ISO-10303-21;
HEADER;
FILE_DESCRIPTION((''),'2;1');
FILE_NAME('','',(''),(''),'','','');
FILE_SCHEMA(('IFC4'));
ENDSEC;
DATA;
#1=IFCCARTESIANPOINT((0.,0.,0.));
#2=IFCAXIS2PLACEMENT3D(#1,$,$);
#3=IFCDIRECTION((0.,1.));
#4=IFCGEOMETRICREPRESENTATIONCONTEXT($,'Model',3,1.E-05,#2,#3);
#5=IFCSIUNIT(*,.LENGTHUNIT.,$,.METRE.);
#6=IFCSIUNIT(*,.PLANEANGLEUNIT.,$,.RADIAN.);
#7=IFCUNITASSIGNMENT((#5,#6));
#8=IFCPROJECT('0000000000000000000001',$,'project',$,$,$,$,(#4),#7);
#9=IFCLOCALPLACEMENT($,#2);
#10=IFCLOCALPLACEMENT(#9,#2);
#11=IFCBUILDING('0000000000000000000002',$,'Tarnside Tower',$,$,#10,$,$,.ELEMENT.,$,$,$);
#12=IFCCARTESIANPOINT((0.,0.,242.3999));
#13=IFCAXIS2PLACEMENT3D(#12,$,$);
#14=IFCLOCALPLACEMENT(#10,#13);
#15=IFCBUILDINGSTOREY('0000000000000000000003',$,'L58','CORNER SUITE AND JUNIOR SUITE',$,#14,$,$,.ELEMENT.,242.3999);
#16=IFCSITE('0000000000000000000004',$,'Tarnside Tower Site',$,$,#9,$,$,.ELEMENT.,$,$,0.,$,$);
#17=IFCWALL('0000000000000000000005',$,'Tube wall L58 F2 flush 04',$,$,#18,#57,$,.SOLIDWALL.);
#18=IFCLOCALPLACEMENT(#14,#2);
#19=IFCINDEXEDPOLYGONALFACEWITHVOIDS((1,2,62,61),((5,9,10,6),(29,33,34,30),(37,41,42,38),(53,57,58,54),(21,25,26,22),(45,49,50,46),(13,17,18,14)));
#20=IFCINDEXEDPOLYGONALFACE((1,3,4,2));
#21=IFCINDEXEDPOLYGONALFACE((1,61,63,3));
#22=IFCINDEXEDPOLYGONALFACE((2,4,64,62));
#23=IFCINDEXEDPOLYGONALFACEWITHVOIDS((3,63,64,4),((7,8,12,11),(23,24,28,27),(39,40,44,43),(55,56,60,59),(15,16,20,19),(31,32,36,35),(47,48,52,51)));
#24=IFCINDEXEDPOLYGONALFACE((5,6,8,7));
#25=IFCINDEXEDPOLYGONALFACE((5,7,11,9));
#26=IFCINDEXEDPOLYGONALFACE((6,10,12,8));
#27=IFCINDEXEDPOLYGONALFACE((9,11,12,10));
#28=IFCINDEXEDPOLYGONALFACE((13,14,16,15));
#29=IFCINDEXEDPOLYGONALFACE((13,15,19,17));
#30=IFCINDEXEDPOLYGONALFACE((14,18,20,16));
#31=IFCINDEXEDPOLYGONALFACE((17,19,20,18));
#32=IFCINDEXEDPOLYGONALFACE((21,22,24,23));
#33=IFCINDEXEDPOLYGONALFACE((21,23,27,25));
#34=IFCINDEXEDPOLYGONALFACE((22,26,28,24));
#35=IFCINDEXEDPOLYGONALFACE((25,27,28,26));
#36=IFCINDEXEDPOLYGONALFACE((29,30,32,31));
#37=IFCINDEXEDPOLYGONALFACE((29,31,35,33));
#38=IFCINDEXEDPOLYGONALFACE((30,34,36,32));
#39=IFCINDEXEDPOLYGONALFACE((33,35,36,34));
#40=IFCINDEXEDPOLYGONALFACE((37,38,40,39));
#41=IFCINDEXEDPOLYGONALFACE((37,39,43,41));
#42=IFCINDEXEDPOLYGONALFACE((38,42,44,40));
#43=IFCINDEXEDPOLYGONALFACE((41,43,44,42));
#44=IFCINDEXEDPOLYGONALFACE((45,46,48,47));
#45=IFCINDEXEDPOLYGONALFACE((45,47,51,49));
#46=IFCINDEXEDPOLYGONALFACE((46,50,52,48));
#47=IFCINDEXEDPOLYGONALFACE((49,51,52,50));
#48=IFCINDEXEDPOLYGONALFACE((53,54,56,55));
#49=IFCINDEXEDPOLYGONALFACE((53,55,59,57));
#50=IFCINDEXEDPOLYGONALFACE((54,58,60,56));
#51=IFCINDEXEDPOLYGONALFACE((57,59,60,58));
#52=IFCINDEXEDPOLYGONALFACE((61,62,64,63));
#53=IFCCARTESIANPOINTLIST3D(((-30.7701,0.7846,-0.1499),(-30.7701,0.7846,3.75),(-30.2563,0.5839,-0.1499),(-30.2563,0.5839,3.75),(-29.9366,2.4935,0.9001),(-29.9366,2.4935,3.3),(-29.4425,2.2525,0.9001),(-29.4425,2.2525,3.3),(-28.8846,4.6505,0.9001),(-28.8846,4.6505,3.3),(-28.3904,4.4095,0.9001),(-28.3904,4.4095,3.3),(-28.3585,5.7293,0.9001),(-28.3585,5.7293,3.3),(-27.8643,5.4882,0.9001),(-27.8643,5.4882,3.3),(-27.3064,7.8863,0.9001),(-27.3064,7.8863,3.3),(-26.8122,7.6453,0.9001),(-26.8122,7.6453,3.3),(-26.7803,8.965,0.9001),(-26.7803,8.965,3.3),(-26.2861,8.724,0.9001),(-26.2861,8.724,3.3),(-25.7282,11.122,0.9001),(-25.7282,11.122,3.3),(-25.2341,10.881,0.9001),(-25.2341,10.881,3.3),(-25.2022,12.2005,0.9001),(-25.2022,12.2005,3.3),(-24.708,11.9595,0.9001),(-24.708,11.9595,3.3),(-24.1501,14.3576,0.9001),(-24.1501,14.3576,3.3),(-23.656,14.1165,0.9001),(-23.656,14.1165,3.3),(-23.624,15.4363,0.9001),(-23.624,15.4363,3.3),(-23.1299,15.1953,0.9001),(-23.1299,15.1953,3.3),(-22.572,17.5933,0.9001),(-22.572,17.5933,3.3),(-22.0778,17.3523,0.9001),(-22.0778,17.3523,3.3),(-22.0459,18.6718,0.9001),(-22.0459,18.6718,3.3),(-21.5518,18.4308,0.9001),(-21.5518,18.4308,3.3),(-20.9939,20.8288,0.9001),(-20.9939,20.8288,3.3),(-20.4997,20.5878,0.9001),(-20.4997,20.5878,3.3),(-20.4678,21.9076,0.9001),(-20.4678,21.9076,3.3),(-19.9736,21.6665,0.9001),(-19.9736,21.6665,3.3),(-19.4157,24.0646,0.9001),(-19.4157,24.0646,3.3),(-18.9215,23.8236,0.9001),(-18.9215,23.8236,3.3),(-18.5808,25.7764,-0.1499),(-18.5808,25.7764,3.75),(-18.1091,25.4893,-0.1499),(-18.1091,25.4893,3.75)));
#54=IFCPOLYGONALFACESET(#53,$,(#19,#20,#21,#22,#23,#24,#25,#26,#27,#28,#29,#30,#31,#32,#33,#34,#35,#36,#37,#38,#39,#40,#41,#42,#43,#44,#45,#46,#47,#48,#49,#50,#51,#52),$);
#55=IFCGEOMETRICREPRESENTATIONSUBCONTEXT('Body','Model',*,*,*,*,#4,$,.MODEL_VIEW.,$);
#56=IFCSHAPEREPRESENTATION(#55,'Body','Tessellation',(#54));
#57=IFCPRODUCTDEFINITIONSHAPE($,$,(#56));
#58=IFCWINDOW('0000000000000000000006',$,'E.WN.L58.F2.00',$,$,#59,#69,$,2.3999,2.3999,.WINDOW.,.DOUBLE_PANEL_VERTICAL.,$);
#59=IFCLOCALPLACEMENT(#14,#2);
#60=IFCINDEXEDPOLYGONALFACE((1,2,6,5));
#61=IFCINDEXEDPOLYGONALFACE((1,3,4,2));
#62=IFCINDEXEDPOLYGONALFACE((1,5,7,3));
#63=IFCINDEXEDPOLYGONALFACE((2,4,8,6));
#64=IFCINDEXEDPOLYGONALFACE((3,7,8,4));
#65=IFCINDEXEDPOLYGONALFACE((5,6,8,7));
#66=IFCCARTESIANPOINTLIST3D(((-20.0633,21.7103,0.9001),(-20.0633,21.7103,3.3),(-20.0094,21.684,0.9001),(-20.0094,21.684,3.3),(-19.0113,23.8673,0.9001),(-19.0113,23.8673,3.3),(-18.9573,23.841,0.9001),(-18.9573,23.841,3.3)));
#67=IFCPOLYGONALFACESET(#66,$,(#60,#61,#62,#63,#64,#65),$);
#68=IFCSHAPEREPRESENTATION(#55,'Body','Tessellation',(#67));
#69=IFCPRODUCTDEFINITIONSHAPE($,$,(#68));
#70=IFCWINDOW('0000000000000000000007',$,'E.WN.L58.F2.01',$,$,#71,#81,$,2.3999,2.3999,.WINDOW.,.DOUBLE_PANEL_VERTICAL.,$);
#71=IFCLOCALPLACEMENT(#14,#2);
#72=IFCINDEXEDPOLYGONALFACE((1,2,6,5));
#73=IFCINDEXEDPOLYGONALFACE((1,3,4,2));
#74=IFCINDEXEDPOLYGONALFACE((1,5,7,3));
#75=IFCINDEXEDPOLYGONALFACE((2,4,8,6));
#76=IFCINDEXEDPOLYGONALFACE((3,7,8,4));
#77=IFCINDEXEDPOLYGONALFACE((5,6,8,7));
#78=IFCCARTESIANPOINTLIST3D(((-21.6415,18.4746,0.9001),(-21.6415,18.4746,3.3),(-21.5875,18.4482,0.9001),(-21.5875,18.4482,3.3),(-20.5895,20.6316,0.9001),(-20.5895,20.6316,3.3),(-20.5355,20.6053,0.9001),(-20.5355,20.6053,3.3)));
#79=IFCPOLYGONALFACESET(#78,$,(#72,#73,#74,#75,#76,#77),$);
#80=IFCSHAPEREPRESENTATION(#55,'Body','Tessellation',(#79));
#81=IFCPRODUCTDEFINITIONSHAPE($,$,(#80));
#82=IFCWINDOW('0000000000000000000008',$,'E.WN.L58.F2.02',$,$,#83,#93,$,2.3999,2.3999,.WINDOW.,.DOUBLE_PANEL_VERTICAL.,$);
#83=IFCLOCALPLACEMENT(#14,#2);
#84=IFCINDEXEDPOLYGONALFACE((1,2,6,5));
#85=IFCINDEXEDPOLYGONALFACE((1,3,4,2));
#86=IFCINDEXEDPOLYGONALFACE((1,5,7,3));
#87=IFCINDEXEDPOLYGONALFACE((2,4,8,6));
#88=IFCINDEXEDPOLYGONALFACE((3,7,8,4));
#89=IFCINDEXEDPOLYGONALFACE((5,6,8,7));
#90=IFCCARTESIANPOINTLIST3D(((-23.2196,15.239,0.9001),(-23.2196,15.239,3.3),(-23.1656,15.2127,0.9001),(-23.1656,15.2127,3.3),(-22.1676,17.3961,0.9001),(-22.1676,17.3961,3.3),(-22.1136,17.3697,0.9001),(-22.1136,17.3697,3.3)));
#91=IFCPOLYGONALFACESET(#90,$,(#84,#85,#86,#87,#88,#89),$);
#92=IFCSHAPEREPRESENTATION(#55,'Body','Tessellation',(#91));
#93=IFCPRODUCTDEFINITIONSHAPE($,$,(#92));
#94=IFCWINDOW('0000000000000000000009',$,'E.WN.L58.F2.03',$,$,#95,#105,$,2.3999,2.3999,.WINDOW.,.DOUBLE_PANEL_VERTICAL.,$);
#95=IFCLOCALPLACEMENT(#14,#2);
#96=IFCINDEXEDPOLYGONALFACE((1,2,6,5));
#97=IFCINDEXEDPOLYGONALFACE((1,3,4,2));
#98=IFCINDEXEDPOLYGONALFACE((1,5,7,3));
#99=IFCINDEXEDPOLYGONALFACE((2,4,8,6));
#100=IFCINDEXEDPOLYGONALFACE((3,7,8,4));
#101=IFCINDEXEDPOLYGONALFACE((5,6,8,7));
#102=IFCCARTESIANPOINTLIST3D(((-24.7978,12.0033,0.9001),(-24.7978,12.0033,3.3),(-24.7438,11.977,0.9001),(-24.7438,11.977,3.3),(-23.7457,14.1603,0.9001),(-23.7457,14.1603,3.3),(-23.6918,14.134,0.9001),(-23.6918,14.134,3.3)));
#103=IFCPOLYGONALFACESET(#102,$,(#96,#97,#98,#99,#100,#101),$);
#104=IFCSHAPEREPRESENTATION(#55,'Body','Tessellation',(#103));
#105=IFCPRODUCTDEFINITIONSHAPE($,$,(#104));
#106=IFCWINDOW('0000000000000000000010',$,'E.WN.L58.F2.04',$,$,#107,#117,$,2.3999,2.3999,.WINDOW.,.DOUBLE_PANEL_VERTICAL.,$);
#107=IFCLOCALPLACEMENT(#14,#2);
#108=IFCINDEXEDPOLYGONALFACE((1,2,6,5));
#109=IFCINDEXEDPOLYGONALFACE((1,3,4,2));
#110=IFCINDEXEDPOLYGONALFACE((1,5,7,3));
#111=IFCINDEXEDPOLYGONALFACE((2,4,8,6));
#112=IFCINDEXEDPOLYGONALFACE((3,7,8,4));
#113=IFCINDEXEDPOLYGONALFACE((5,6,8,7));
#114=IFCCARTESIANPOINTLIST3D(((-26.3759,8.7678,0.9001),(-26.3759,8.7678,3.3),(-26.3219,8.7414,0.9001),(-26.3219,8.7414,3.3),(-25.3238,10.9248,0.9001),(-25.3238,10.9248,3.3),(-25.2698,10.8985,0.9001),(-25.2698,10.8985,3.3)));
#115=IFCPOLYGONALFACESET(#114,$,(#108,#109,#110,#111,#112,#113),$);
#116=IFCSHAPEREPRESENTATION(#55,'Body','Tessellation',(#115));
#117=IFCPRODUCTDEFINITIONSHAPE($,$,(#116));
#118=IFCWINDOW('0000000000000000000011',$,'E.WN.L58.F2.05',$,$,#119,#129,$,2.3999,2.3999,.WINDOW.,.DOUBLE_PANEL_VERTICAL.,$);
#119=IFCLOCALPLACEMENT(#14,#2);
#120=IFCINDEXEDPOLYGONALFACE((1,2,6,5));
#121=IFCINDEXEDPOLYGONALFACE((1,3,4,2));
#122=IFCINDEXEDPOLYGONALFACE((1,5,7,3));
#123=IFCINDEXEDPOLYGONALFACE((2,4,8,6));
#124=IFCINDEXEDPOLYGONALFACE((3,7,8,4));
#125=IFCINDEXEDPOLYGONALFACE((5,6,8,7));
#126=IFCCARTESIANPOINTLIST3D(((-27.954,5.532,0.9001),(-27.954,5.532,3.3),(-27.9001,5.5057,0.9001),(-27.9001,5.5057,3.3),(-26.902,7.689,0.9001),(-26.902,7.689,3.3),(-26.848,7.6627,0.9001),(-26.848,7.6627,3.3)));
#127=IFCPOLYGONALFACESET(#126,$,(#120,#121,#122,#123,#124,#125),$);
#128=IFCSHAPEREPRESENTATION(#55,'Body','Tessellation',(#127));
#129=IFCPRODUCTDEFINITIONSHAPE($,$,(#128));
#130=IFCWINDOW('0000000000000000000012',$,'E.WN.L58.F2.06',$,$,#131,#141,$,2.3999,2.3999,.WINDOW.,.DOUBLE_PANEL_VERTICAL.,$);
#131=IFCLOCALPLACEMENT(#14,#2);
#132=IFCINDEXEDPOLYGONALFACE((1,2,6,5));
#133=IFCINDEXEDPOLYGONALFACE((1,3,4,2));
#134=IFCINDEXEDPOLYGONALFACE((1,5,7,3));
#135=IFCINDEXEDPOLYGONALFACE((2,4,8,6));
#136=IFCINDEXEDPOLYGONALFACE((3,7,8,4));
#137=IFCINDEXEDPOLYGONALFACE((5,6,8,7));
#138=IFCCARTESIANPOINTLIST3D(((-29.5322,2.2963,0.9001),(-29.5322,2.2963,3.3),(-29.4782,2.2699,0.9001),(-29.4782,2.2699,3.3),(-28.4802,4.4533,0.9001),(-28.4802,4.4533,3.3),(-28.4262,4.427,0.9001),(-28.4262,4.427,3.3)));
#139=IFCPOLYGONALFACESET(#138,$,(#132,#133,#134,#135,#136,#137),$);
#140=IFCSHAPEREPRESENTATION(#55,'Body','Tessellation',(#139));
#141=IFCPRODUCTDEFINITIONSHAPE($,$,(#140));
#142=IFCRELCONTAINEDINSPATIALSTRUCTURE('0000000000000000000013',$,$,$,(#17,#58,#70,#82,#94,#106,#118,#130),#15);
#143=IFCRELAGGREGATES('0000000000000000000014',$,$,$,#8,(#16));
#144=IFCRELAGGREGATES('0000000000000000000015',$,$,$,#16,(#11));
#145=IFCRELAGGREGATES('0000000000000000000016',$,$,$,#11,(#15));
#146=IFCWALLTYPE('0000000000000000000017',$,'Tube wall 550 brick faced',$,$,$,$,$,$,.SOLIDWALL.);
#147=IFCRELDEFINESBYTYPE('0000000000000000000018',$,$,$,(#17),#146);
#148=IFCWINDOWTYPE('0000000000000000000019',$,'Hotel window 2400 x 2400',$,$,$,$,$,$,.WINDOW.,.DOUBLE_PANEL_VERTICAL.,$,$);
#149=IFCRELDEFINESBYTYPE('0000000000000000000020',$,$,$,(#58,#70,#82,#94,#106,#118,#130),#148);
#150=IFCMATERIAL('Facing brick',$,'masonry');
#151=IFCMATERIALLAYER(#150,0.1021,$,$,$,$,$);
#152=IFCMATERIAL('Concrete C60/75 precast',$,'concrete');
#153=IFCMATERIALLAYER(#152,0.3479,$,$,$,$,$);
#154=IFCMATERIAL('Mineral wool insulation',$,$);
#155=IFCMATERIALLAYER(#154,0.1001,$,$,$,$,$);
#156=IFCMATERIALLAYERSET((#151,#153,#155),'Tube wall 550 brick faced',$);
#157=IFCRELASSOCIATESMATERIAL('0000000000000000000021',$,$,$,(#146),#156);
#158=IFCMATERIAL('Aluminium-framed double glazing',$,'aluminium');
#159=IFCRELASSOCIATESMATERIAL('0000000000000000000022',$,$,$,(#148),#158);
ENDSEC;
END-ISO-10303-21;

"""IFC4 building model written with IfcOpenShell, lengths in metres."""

from ifc_helpers import new_model, si_unit, direction, frame, frame_2d, origin, place, context, subcontext, project, spatial, polyline, rectangle, outline, extrude, material, layer, layer_set, type_object, element, fill, save


model = new_model("IFC4")

# Units and contexts
model_context = context("Model", 3, precision=1e-05, world=origin(), true_north=direction((0.0, 1.0)))
body_context = subcontext(model_context, "Body", "Model", "MODEL_VIEW")
ifc_project = project(units=[si_unit("LENGTHUNIT", "METRE"), si_unit("PLANEANGLEUNIT", "RADIAN")], contexts=[model_context])

# Site, building, storey
site_placement = place(None, origin())
site = spatial("IfcSite", under=ifc_project, at=site_placement, Name="Tarnside Tower Site", CompositionType="ELEMENT", RefElevation=0.0)
building_placement = place(site_placement, origin())
building = spatial("IfcBuilding", under=site, at=building_placement, Name="Tarnside Tower", CompositionType="ELEMENT")
storey_placement = place(building_placement, frame((0.0, 0.0, 242.3999)))
storey = spatial("IfcBuildingStorey", under=building, at=storey_placement, Name="L58", Description="CORNER SUITE AND JUNIOR SUITE", CompositionType="ELEMENT", Elevation=242.3999)

# Shared definitions
ifc_material_1 = material(Name="Facing brick", Category="masonry")
ifc_layer_1 = layer(ifc_material_1, 0.1021)
ifc_material_2 = material(Name="Concrete C60/75 precast", Category="concrete")
ifc_layer_2 = layer(ifc_material_2, 0.3479)
ifc_material_3 = material(Name="Mineral wool insulation")
ifc_layer_3 = layer(ifc_material_3, 0.1001)
ifc_layer_set_1 = layer_set([ifc_layer_1, ifc_layer_2, ifc_layer_3], Name="Tube wall 550 brick faced")
wall_type_1 = type_object("IfcWallType", Name="Tube wall 550 brick faced", PredefinedType="SOLIDWALL", material=ifc_layer_set_1)

# Wall, openings, windows
wall_1_placement = place(storey_placement, frame((-18.345, 25.6328, -0.1499), z_axis=(0.0, 0.0, 1.0), x_axis=(-0.438372, -0.898794, 0.0)))
wall_1 = element("IfcWall", 1, at=wall_1_placement, inside=storey, type_object=wall_type_1, Name="Tube wall L58 F2 flush 04", PredefinedType="SOLIDWALL", context=body_context, shape_type="SweptSolid", body=[
    extrude(outline(polyline([(-0.0256, -0.2749), (27.7803, -0.2749), (27.7354, 0.2749), (0.0256, 0.2749), (-0.0256, -0.2749)])), origin(), (0.0, 0.0, 1.0), 3.8999),
])
opening_1_placement = place(wall_1_placement, frame((1.8789, 0.0, 1.05)))
opening_1 = element("IfcOpeningElement", 2, at=opening_1_placement, cuts=wall_1, PredefinedType="OPENING", context=body_context, shape_type="SweptSolid", body=[
    extrude(rectangle(XDim=2.3999, YDim=2.3999, at=frame_2d((1.2, 1.2))), frame((0.0, 0.2852, 0.0), z_axis=(0.0, -1.0, 0.0), x_axis=(1.0, 0.0, 0.0)), (0.0, 0.0, 1.0), 0.5701),
])
opening_2_placement = place(wall_1_placement, frame((5.479, 0.0, 1.05)))
opening_2 = element("IfcOpeningElement", 3, at=opening_2_placement, cuts=wall_1, PredefinedType="OPENING", context=body_context, shape_type="SweptSolid", body=[
    extrude(rectangle(XDim=2.3999, YDim=2.3999, at=frame_2d((1.2, 1.2))), frame((0.0, 0.2852, 0.0), z_axis=(0.0, -1.0, 0.0), x_axis=(1.0, 0.0, 0.0)), (0.0, 0.0, 1.0), 0.5701),
])
opening_3_placement = place(wall_1_placement, frame((9.0789, 0.0, 1.05)))
opening_3 = element("IfcOpeningElement", 4, at=opening_3_placement, cuts=wall_1, PredefinedType="OPENING", context=body_context, shape_type="SweptSolid", body=[
    extrude(rectangle(XDim=2.3999, YDim=2.3999, at=frame_2d((1.2, 1.2))), frame((0.0, 0.2852, 0.0), z_axis=(0.0, -1.0, 0.0), x_axis=(1.0, 0.0, 0.0)), (0.0, 0.0, 1.0), 0.5701),
])
opening_4_placement = place(wall_1_placement, frame((12.679, 0.0, 1.05)))
opening_4 = element("IfcOpeningElement", 5, at=opening_4_placement, cuts=wall_1, PredefinedType="OPENING", context=body_context, shape_type="SweptSolid", body=[
    extrude(rectangle(XDim=2.3999, YDim=2.3999, at=frame_2d((1.2, 1.2))), frame((0.0, 0.2852, 0.0), z_axis=(0.0, -1.0, 0.0), x_axis=(1.0, 0.0, 0.0)), (0.0, 0.0, 1.0), 0.5701),
])
opening_5_placement = place(wall_1_placement, frame((16.2788, 0.0, 1.05)))
opening_5 = element("IfcOpeningElement", 6, at=opening_5_placement, cuts=wall_1, PredefinedType="OPENING", context=body_context, shape_type="SweptSolid", body=[
    extrude(rectangle(XDim=2.3999, YDim=2.3999, at=frame_2d((1.2, 1.2))), frame((0.0, 0.2852, 0.0), z_axis=(0.0, -1.0, 0.0), x_axis=(1.0, 0.0, 0.0)), (0.0, 0.0, 1.0), 0.5701),
])
opening_6_placement = place(wall_1_placement, frame((19.8789, 0.0, 1.05)))
opening_6 = element("IfcOpeningElement", 7, at=opening_6_placement, cuts=wall_1, PredefinedType="OPENING", context=body_context, shape_type="SweptSolid", body=[
    extrude(rectangle(XDim=2.3999, YDim=2.3999, at=frame_2d((1.2, 1.2))), frame((0.0, 0.2852, 0.0), z_axis=(0.0, -1.0, 0.0), x_axis=(1.0, 0.0, 0.0)), (0.0, 0.0, 1.0), 0.5701),
])
opening_7_placement = place(wall_1_placement, frame((23.479, 0.0, 1.05)))
opening_7 = element("IfcOpeningElement", 8, at=opening_7_placement, cuts=wall_1, PredefinedType="OPENING", context=body_context, shape_type="SweptSolid", body=[
    extrude(rectangle(XDim=2.3999, YDim=2.3999, at=frame_2d((1.2, 1.2))), frame((0.0, 0.2852, 0.0), z_axis=(0.0, -1.0, 0.0), x_axis=(1.0, 0.0, 0.0)), (0.0, 0.0, 1.0), 0.5701),
])
ifc_material_4 = material(Name="Aluminium-framed double glazing", Category="aluminium")
window_type = type_object("IfcWindowType", Name="Hotel window 2400 x 2400", PartitioningType="DOUBLE_PANEL_VERTICAL", PredefinedType="WINDOW", material=ifc_material_4)
window_1_placement = place(opening_1_placement, frame((0.0, 0.2051, 0.0)))
window_1 = element("IfcWindow", 9, at=window_1_placement, inside=storey, type_object=window_type, Name="E.WN.L58.F2.00", OverallHeight=2.3999, OverallWidth=2.3999, PartitioningType="DOUBLE_PANEL_VERTICAL", PredefinedType="WINDOW", context=body_context, shape_type="SweptSolid", body=[
    extrude(rectangle(XDim=2.3999, YDim=2.3999, at=frame_2d((1.2, 1.2))), frame((0.0, 0.03, 0.0), z_axis=(0.0, -1.0, 0.0), x_axis=(1.0, 0.0, 0.0)), (0.0, 0.0, 1.0), 0.0601),
])
fill(opening_1, window_1)
window_2_placement = place(opening_2_placement, frame((0.0, 0.2051, 0.0)))
window_2 = element("IfcWindow", 10, at=window_2_placement, inside=storey, type_object=window_type, Name="E.WN.L58.F2.01", OverallHeight=2.3999, OverallWidth=2.3999, PartitioningType="DOUBLE_PANEL_VERTICAL", PredefinedType="WINDOW", context=body_context, shape_type="SweptSolid", body=[
    extrude(rectangle(XDim=2.3999, YDim=2.3999, at=frame_2d((1.2, 1.2))), frame((0.0, 0.03, 0.0), z_axis=(0.0, -1.0, 0.0), x_axis=(1.0, 0.0, 0.0)), (0.0, 0.0, 1.0), 0.0601),
])
fill(opening_2, window_2)
window_3_placement = place(opening_3_placement, frame((0.0, 0.2051, 0.0)))
window_3 = element("IfcWindow", 11, at=window_3_placement, inside=storey, type_object=window_type, Name="E.WN.L58.F2.02", OverallHeight=2.3999, OverallWidth=2.3999, PartitioningType="DOUBLE_PANEL_VERTICAL", PredefinedType="WINDOW", context=body_context, shape_type="SweptSolid", body=[
    extrude(rectangle(XDim=2.3999, YDim=2.3999, at=frame_2d((1.2, 1.2))), frame((0.0, 0.03, 0.0), z_axis=(0.0, -1.0, 0.0), x_axis=(1.0, 0.0, 0.0)), (0.0, 0.0, 1.0), 0.0601),
])
fill(opening_3, window_3)
window_4_placement = place(opening_4_placement, frame((0.0, 0.2051, 0.0)))
window_4 = element("IfcWindow", 12, at=window_4_placement, inside=storey, type_object=window_type, Name="E.WN.L58.F2.03", OverallHeight=2.3999, OverallWidth=2.3999, PartitioningType="DOUBLE_PANEL_VERTICAL", PredefinedType="WINDOW", context=body_context, shape_type="SweptSolid", body=[
    extrude(rectangle(XDim=2.3999, YDim=2.3999, at=frame_2d((1.2, 1.2))), frame((0.0, 0.03, 0.0), z_axis=(0.0, -1.0, 0.0), x_axis=(1.0, 0.0, 0.0)), (0.0, 0.0, 1.0), 0.0601),
])
fill(opening_4, window_4)
window_5_placement = place(opening_5_placement, frame((0.0, 0.2051, 0.0)))
window_5 = element("IfcWindow", 13, at=window_5_placement, inside=storey, type_object=window_type, Name="E.WN.L58.F2.04", OverallHeight=2.3999, OverallWidth=2.3999, PartitioningType="DOUBLE_PANEL_VERTICAL", PredefinedType="WINDOW", context=body_context, shape_type="SweptSolid", body=[
    extrude(rectangle(XDim=2.3999, YDim=2.3999, at=frame_2d((1.2, 1.2))), frame((0.0, 0.03, 0.0), z_axis=(0.0, -1.0, 0.0), x_axis=(1.0, 0.0, 0.0)), (0.0, 0.0, 1.0), 0.0601),
])
fill(opening_5, window_5)
window_6_placement = place(opening_6_placement, frame((0.0, 0.2051, 0.0)))
window_6 = element("IfcWindow", 14, at=window_6_placement, inside=storey, type_object=window_type, Name="E.WN.L58.F2.05", OverallHeight=2.3999, OverallWidth=2.3999, PartitioningType="DOUBLE_PANEL_VERTICAL", PredefinedType="WINDOW", context=body_context, shape_type="SweptSolid", body=[
    extrude(rectangle(XDim=2.3999, YDim=2.3999, at=frame_2d((1.2, 1.2))), frame((0.0, 0.03, 0.0), z_axis=(0.0, -1.0, 0.0), x_axis=(1.0, 0.0, 0.0)), (0.0, 0.0, 1.0), 0.0601),
])
fill(opening_6, window_6)
window_7_placement = place(opening_7_placement, frame((0.0, 0.2051, 0.0)))
window_7 = element("IfcWindow", 15, at=window_7_placement, inside=storey, type_object=window_type, Name="E.WN.L58.F2.06", OverallHeight=2.3999, OverallWidth=2.3999, PartitioningType="DOUBLE_PANEL_VERTICAL", PredefinedType="WINDOW", context=body_context, shape_type="SweptSolid", body=[
    extrude(rectangle(XDim=2.3999, YDim=2.3999, at=frame_2d((1.2, 1.2))), frame((0.0, 0.03, 0.0), z_axis=(0.0, -1.0, 0.0), x_axis=(1.0, 0.0, 0.0)), (0.0, 0.0, 1.0), 0.0601),
])
fill(opening_7, window_7)

save(model, "model.ifc")
